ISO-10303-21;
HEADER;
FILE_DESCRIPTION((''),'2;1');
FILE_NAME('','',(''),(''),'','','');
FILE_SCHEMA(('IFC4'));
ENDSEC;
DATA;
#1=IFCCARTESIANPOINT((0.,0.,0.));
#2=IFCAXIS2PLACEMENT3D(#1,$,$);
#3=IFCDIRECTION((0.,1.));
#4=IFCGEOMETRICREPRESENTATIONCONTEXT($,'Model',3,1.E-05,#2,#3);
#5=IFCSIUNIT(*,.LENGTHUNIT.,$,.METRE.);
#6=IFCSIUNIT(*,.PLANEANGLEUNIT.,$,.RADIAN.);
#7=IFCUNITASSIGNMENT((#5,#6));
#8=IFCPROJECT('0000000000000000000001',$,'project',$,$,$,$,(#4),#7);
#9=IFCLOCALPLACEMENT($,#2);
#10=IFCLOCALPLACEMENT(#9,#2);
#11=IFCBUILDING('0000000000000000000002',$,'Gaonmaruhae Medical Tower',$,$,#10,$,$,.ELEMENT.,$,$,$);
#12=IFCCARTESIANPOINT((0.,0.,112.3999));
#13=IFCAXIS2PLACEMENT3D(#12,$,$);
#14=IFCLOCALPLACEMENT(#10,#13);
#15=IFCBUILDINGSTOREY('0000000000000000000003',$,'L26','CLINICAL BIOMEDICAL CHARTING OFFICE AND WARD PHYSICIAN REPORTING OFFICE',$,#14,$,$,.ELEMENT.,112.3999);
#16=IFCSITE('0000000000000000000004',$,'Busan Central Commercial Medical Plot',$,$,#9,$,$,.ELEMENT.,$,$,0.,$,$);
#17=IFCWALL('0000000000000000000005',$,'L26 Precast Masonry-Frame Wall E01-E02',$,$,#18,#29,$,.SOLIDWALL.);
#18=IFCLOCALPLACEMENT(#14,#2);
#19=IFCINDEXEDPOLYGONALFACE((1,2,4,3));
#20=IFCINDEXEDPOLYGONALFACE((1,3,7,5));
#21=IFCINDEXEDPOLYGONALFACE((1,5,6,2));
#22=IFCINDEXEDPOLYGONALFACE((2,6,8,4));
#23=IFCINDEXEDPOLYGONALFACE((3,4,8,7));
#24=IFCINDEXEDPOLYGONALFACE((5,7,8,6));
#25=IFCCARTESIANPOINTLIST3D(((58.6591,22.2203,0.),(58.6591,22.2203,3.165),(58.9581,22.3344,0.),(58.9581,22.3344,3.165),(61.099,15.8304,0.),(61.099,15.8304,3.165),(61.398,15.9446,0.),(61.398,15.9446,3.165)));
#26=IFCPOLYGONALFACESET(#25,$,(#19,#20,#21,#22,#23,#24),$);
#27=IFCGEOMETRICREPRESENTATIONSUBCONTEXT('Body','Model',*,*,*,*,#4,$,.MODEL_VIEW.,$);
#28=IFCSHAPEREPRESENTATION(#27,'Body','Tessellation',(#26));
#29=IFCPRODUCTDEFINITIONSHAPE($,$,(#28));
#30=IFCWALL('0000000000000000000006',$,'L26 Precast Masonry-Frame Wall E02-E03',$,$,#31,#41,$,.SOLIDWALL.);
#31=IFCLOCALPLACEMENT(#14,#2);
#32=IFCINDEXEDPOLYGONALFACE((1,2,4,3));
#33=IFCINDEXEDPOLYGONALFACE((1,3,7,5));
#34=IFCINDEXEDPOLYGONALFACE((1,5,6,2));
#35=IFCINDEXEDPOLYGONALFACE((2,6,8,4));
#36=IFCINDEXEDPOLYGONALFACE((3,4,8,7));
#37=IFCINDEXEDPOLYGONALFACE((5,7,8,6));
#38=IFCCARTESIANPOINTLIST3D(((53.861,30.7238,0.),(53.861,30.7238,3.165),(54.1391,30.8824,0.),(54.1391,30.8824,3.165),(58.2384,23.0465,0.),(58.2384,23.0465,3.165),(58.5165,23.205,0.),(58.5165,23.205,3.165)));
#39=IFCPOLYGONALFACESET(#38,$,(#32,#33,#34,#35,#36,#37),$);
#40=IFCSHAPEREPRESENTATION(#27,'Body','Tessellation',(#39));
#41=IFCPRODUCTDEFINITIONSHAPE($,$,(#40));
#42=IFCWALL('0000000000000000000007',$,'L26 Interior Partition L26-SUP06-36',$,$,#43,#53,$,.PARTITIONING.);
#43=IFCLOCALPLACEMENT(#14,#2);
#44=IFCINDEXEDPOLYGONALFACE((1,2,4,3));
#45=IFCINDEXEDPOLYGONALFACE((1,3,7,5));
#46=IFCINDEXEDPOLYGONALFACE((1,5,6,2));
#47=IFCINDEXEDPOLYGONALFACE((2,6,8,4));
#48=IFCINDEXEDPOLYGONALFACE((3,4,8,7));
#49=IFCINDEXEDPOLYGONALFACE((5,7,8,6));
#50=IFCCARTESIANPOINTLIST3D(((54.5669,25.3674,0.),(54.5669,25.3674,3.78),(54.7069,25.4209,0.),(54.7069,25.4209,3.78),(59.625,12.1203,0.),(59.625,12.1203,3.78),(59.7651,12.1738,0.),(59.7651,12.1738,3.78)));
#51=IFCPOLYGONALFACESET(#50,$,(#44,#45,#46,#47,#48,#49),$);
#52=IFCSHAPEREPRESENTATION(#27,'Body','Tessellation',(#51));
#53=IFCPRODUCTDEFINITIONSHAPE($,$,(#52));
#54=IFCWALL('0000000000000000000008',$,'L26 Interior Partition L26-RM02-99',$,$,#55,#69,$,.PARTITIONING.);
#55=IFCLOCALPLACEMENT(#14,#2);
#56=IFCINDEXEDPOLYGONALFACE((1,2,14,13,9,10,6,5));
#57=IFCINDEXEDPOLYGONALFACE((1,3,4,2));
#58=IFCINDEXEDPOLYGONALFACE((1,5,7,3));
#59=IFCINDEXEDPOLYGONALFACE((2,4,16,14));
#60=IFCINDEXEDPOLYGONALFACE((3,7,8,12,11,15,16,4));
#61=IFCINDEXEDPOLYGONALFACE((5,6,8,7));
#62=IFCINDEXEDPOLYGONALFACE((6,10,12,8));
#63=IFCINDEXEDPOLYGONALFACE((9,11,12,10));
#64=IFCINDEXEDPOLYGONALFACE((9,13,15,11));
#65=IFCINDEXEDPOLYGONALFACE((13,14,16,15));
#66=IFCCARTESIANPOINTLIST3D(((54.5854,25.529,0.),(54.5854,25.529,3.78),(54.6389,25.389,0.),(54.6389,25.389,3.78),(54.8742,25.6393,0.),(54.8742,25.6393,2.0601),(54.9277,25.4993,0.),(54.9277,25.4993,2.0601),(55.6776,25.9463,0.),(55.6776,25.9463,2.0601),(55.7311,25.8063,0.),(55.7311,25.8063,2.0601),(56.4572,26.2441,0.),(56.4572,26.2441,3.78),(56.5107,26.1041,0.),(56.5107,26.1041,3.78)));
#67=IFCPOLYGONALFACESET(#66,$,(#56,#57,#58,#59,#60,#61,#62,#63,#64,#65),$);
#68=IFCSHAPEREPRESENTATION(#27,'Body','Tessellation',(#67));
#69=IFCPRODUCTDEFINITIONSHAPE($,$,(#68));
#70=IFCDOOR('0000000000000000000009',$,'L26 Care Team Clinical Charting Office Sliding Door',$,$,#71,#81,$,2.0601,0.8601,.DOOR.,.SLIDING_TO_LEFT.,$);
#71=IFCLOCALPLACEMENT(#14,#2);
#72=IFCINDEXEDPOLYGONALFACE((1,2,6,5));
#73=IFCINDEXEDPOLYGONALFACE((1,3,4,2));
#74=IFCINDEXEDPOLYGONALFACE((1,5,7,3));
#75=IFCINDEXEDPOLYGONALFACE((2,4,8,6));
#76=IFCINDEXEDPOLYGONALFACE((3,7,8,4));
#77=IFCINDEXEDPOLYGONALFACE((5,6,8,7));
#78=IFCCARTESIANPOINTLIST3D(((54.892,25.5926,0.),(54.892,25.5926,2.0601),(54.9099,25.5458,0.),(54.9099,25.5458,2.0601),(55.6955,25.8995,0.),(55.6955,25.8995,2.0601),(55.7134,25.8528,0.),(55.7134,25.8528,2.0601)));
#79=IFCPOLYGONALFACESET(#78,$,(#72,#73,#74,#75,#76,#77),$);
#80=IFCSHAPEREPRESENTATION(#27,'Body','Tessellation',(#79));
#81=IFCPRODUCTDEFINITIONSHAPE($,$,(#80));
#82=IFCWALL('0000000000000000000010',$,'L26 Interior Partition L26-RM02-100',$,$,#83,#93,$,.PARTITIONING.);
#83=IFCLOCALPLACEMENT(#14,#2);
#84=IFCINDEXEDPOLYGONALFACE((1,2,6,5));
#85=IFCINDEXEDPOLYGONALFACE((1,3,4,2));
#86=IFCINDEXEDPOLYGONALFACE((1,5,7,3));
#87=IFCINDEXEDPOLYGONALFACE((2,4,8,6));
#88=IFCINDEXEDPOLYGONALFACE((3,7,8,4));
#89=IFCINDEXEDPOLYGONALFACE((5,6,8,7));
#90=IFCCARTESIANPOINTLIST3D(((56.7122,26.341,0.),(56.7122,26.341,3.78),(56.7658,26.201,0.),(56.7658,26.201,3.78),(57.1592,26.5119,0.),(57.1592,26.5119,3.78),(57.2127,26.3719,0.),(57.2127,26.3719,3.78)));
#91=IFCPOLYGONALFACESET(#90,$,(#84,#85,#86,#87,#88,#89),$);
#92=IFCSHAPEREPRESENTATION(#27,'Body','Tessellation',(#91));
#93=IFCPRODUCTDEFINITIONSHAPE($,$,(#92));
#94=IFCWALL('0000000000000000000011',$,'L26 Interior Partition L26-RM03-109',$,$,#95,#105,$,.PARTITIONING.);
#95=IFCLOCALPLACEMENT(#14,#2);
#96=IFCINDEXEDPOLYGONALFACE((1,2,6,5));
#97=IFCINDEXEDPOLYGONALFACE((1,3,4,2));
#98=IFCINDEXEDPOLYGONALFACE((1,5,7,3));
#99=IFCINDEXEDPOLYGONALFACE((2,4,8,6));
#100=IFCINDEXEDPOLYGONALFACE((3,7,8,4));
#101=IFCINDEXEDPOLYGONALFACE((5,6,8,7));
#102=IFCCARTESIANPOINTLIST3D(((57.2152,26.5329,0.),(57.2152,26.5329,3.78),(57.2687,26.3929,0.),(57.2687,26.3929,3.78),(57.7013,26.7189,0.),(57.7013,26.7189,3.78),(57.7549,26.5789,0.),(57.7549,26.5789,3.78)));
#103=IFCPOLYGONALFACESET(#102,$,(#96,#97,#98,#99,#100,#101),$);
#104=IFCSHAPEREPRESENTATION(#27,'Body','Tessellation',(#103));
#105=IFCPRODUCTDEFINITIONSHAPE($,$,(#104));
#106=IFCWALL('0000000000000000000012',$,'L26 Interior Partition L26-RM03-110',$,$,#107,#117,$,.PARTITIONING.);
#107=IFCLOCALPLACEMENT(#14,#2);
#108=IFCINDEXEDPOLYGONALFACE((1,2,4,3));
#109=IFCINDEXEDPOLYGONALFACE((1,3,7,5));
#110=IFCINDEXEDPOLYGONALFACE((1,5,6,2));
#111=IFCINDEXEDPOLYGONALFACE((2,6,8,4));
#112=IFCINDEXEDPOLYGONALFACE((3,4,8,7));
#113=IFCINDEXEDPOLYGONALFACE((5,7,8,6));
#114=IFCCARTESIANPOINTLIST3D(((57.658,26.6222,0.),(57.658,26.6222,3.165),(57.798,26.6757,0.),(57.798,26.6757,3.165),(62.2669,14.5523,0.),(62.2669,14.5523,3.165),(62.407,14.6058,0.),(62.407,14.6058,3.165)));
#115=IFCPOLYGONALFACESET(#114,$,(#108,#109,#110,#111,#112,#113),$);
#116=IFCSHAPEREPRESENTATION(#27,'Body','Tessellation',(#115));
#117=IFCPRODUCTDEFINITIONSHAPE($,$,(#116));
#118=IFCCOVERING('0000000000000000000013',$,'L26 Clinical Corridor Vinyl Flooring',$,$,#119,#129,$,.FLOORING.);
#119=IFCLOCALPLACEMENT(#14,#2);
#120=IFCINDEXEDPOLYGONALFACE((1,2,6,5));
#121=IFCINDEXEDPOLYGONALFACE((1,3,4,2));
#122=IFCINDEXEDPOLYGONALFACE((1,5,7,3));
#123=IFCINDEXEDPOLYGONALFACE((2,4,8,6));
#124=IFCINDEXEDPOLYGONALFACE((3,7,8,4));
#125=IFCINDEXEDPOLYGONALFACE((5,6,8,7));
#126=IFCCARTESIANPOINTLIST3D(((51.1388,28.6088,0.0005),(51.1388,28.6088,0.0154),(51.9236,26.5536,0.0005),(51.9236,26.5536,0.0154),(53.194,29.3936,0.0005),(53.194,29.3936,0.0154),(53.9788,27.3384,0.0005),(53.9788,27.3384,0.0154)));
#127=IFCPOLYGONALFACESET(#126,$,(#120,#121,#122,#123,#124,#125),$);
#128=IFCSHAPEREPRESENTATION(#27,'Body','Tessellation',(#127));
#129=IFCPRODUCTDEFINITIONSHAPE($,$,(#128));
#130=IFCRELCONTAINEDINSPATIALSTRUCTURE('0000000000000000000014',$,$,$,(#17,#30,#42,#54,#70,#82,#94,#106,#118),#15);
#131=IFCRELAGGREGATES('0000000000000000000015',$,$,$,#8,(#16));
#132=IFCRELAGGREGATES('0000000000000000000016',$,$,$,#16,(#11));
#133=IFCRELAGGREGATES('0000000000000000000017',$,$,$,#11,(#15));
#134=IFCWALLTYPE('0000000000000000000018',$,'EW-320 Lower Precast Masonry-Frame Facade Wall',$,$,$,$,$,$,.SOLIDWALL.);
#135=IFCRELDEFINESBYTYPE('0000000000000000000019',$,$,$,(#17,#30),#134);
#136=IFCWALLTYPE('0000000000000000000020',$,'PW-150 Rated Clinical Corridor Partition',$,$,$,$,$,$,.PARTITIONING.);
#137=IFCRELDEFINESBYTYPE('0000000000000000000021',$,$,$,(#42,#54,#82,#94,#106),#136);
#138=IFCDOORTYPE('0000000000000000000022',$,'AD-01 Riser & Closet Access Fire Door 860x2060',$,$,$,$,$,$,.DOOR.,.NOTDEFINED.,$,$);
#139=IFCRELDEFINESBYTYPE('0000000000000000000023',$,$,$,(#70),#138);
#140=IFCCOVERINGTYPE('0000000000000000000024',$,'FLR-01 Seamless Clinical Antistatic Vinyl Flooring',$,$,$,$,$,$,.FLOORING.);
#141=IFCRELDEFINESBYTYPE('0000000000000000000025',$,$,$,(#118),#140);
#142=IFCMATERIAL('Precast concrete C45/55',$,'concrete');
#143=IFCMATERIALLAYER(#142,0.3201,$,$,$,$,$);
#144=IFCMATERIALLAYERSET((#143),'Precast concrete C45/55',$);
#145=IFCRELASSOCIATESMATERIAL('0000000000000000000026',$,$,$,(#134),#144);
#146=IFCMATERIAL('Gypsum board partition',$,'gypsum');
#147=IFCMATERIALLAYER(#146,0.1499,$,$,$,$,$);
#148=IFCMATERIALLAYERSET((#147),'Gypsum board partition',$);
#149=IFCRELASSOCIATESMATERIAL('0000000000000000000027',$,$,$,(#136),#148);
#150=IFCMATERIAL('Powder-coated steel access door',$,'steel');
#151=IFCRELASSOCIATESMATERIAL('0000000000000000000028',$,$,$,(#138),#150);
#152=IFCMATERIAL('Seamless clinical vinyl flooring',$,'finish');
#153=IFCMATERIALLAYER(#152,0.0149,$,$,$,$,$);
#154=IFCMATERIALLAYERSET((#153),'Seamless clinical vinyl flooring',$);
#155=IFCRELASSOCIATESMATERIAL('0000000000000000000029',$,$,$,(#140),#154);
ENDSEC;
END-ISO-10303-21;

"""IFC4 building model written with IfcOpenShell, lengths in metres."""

from ifc_helpers import new_model, si_unit, direction, frame, frame_2d, origin, origin_2d, place, context, subcontext, project, spatial, rectangle, extrude, material, layer, layer_set, type_object, element, fill, save


model = new_model("IFC4")

# Units and contexts
model_context = context("Model", 3, precision=1e-05, world=origin(), true_north=direction((0.0, 1.0)))
body_context = subcontext(model_context, "Body", "Model", "MODEL_VIEW")
ifc_project = project(units=[si_unit("LENGTHUNIT", "METRE"), si_unit("PLANEANGLEUNIT", "RADIAN")], contexts=[model_context])

# Site, building, storey
site_placement = place(None, origin())
site = spatial("IfcSite", under=ifc_project, at=site_placement, Name="Busan Central Commercial Medical Plot", CompositionType="ELEMENT", RefElevation=0.0)
building_placement = place(site_placement, origin())
building = spatial("IfcBuilding", under=site, at=building_placement, Name="Gaonmaruhae Medical Tower", CompositionType="ELEMENT")
storey_placement = place(building_placement, frame((0.0, 0.0, 112.3999)))
storey = spatial("IfcBuildingStorey", under=building, at=storey_placement, Name="L26", Description="CLINICAL BIOMEDICAL CHARTING OFFICE AND WARD PHYSICIAN REPORTING OFFICE", CompositionType="ELEMENT", Elevation=112.3999)

# Walls
ifc_material_1 = material(Name="Precast concrete C45/55", Category="concrete")
ifc_layer_1 = layer(ifc_material_1, 0.3201)
ifc_layer_set_1 = layer_set([ifc_layer_1], Name="Precast concrete C45/55")
wall_type_1 = type_object("IfcWallType", Name="EW-320 Lower Precast Masonry-Frame Facade Wall", PredefinedType="SOLIDWALL", material=ifc_layer_set_1)
wall_1_placement = place(storey_placement, frame((58.8086, 22.2773, 0.0), z_axis=(0.0, 0.0, 1.0), x_axis=(0.356723, -0.93421, 0.0)))
element("IfcWall", 1, at=wall_1_placement, inside=storey, type_object=wall_type_1, Name="L26 Precast Masonry-Frame Wall E01-E02", PredefinedType="SOLIDWALL", context=body_context, shape_type="SweptSolid", body=[
    extrude(rectangle(XDim=6.8398, YDim=0.3201, at=frame_2d((3.4199, 0.0))), origin(), (0.0, 0.0, 1.0), 3.165),
])
wall_2_placement = place(storey_placement, frame((54.0, 30.8032, 0.0), z_axis=(0.0, 0.0, 1.0), x_axis=(0.495312, -0.868715, 0.0)))
element("IfcWall", 2, at=wall_2_placement, inside=storey, type_object=wall_type_1, Name="L26 Precast Masonry-Frame Wall E02-E03", PredefinedType="SOLIDWALL", context=body_context, shape_type="SweptSolid", body=[
    extrude(rectangle(XDim=8.8376, YDim=0.3201, at=frame_2d((4.4189, 0.0))), origin(), (0.0, 0.0, 1.0), 3.165),
])
ifc_material_2 = material(Name="Gypsum board partition", Category="gypsum")
ifc_layer_2 = layer(ifc_material_2, 0.1499)
ifc_layer_set_2 = layer_set([ifc_layer_2], Name="Gypsum board partition")
wall_type_2 = type_object("IfcWallType", Name="PW-150 Rated Clinical Corridor Partition", PredefinedType="PARTITIONING", material=ifc_layer_set_2)
wall_3_placement = place(storey_placement, frame((54.637, 25.394, 0.0), z_axis=(0.0, 0.0, 1.0), x_axis=(0.35671, -0.934215, 0.0)))
element("IfcWall", 3, at=wall_3_placement, inside=storey, type_object=wall_type_2, Name="L26 Interior Partition L26-SUP06-36", PredefinedType="PARTITIONING", context=body_context, shape_type="SweptSolid", body=[
    extrude(rectangle(XDim=14.1799, YDim=0.1499, at=frame_2d((7.0898, 0.0))), origin(), (0.0, 0.0, 1.0), 3.78),
])

# Wall, opening, door
wall_4_placement = place(storey_placement, frame((54.6121, 25.459, 0.0), z_axis=(0.0, 0.0, 1.0), x_axis=(0.934153, 0.356872, 0.0)))
wall_4 = element("IfcWall", 4, at=wall_4_placement, inside=storey, type_object=wall_type_2, Name="L26 Interior Partition L26-RM02-99", PredefinedType="PARTITIONING", context=body_context, shape_type="SweptSolid", body=[
    extrude(rectangle(XDim=2.0037, YDim=0.1499, at=frame_2d((1.002, 0.0))), origin(), (0.0, 0.0, 1.0), 3.78),
])
opening_placement = place(wall_4_placement, frame((0.3091, 0.0, 0.0)))
opening = element("IfcOpeningElement", 5, at=opening_placement, cuts=wall_4, PredefinedType="OPENING", context=body_context, shape_type="SweptSolid", body=[
    extrude(rectangle(XDim=0.8601, YDim=2.0601, at=frame_2d((0.4302, 1.03))), frame((0.0, 0.085, 0.0), z_axis=(0.0, -1.0, 0.0), x_axis=(1.0, 0.0, 0.0)), (0.0, 0.0, 1.0), 0.1699),
])
ifc_material_3 = material(Name="Powder-coated steel access door", Category="steel")
door_type = type_object("IfcDoorType", Name="AD-01 Riser & Closet Access Fire Door 860x2060", OperationType="NOTDEFINED", PredefinedType="DOOR", material=ifc_material_3)
door_placement = place(opening_placement, origin())
door = element("IfcDoor", 6, at=door_placement, inside=storey, type_object=door_type, Name="L26 Care Team Clinical Charting Office Sliding Door", OperationType="SLIDING_TO_LEFT", OverallHeight=2.0601, OverallWidth=0.8601, PredefinedType="DOOR", context=body_context, shape_type="SweptSolid", body=[
    extrude(rectangle(XDim=0.8601, YDim=2.0601, at=frame_2d((0.4302, 1.03))), frame((0.0, 0.0249, 0.0), z_axis=(0.0, -1.0, 0.0), x_axis=(1.0, 0.0, 0.0)), (0.0, 0.0, 1.0), 0.05),
])
fill(opening, door)

# Walls
wall_5_placement = place(storey_placement, frame((56.739, 26.271, 0.0), z_axis=(0.0, 0.0, 1.0), x_axis=(0.934067, 0.357098, 0.0)))
element("IfcWall", 7, at=wall_5_placement, inside=storey, type_object=wall_type_2, Name="L26 Interior Partition L26-RM02-100", PredefinedType="PARTITIONING", context=body_context, shape_type="SweptSolid", body=[
    extrude(rectangle(XDim=0.4785, YDim=0.1499, at=frame_2d((0.2393, 0.0))), origin(), (0.0, 0.0, 1.0), 3.78),
])
wall_6_placement = place(storey_placement, frame((57.2419, 26.4629, 0.0), z_axis=(0.0, 0.0, 1.0), x_axis=(0.933937, 0.357438, 0.0)))
element("IfcWall", 8, at=wall_6_placement, inside=storey, type_object=wall_type_2, Name="L26 Interior Partition L26-RM03-109", PredefinedType="PARTITIONING", context=body_context, shape_type="SweptSolid", body=[
    extrude(rectangle(XDim=0.5205, YDim=0.1499, at=frame_2d((0.2603, 0.0))), origin(), (0.0, 0.0, 1.0), 3.78),
])
wall_7_placement = place(storey_placement, frame((57.728, 26.6489, 0.0), z_axis=(0.0, 0.0, 1.0), x_axis=(0.356729, -0.934208, 0.0)))
element("IfcWall", 9, at=wall_7_placement, inside=storey, type_object=wall_type_2, Name="L26 Interior Partition L26-RM03-110", PredefinedType="PARTITIONING", context=body_context, shape_type="SweptSolid", body=[
    extrude(rectangle(XDim=12.9199, YDim=0.1499, at=frame_2d((6.46, 0.0))), origin(), (0.0, 0.0, 1.0), 3.165),
])

# Covering
ifc_material_4 = material(Name="Seamless clinical vinyl flooring", Category="finish")
ifc_layer_3 = layer(ifc_material_4, 0.0149)
ifc_layer_set_3 = layer_set([ifc_layer_3], Name="Seamless clinical vinyl flooring")
covering_type = type_object("IfcCoveringType", Name="FLR-01 Seamless Clinical Antistatic Vinyl Flooring", PredefinedType="FLOORING", material=ifc_layer_set_3)
covering_placement = place(storey_placement, frame((52.5588, 27.9736, 0.0005), z_axis=(0.0, 0.0, 1.0), x_axis=(0.934204, 0.356738, 0.0)))
element("IfcCovering", 10, at=covering_placement, inside=storey, type_object=covering_type, Name="L26 Clinical Corridor Vinyl Flooring", PredefinedType="FLOORING", context=body_context, shape_type="SweptSolid", body=[
    extrude(rectangle(XDim=2.2, YDim=2.2, at=origin_2d()), origin(), (0.0, 0.0, 1.0), 0.0149),
])

save(model, "model.ifc")
